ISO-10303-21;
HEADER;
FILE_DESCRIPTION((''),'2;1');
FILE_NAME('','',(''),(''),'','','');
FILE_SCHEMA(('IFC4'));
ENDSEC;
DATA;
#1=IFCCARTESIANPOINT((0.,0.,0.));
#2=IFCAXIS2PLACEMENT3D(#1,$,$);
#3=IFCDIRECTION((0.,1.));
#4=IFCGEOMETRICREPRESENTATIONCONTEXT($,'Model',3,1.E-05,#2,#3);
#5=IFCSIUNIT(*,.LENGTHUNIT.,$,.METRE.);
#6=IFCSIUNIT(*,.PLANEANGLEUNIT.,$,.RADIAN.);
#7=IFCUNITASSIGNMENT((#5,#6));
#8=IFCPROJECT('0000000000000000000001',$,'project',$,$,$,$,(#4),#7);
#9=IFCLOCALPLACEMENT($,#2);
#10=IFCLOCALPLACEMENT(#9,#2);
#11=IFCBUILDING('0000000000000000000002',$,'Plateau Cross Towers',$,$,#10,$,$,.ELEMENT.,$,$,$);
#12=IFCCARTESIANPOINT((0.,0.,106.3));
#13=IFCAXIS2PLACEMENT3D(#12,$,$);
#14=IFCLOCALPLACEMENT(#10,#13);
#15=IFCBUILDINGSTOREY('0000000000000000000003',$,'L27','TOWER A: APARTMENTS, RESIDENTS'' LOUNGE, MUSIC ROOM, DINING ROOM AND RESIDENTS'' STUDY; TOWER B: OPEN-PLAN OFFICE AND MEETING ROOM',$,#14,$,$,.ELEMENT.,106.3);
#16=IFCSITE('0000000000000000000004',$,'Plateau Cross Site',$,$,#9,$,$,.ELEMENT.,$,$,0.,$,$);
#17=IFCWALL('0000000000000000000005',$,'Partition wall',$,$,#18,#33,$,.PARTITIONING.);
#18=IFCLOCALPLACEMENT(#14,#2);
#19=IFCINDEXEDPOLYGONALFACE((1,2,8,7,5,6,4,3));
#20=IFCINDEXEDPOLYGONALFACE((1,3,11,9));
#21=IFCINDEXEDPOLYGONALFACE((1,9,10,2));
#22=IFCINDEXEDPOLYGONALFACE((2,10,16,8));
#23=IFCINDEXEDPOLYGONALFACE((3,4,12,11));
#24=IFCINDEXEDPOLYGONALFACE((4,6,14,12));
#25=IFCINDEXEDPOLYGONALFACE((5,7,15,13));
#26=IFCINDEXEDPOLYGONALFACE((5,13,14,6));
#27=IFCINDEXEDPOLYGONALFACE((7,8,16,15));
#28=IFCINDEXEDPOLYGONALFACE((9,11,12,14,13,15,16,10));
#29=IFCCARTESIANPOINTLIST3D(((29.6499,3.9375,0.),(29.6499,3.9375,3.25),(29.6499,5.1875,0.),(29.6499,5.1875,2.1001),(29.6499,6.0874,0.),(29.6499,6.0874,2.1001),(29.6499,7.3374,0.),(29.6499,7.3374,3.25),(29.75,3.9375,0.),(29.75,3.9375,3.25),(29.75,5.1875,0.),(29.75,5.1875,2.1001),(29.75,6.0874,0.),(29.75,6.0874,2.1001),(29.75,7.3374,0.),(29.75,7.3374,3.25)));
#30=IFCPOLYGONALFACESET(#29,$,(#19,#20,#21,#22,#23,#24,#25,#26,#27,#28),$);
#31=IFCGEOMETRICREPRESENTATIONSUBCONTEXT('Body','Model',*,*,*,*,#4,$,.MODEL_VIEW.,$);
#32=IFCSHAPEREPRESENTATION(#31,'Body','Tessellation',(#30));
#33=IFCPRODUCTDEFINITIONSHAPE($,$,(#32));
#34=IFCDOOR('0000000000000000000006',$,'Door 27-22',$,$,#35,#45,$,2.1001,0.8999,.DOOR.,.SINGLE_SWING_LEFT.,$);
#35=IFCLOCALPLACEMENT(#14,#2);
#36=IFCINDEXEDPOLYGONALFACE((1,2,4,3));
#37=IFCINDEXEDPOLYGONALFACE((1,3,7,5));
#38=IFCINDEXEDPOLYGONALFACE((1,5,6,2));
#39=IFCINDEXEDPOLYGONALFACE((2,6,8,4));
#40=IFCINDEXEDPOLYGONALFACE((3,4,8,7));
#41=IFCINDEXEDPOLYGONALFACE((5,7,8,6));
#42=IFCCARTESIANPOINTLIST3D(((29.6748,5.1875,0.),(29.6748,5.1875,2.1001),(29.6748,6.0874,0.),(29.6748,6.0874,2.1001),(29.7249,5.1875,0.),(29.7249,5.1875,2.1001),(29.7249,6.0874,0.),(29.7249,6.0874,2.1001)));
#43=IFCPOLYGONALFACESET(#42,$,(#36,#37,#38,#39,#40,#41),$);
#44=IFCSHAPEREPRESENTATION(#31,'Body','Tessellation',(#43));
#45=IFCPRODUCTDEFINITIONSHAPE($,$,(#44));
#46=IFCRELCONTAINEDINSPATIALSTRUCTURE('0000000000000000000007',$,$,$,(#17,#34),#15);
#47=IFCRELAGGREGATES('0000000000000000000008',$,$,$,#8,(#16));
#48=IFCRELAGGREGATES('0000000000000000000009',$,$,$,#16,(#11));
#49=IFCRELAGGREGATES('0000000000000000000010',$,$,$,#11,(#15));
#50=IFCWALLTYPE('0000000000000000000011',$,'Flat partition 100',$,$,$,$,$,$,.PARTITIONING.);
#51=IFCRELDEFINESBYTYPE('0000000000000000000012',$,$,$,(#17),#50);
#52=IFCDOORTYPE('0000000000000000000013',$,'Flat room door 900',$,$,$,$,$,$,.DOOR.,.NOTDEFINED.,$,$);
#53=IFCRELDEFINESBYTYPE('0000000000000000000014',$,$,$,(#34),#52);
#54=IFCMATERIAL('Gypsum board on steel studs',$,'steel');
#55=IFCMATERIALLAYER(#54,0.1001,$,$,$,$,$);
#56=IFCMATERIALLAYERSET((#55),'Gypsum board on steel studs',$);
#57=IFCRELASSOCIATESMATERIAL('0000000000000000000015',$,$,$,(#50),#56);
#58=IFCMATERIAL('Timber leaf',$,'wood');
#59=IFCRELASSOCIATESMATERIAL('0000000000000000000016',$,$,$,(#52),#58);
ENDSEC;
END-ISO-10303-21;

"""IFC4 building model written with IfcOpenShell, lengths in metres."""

from ifc_helpers import new_model, si_unit, direction, frame, frame_2d, origin, place, context, subcontext, project, spatial, rectangle, extrude, material, layer, layer_set, type_object, element, fill, save


model = new_model("IFC4")

# Units and contexts
model_context = context("Model", 3, precision=1e-05, world=origin(), true_north=direction((0.0, 1.0)))
body_context = subcontext(model_context, "Body", "Model", "MODEL_VIEW")
ifc_project = project(units=[si_unit("LENGTHUNIT", "METRE"), si_unit("PLANEANGLEUNIT", "RADIAN")], contexts=[model_context])

# Site, building, storey
site_placement = place(None, origin())
site = spatial("IfcSite", under=ifc_project, at=site_placement, Name="Plateau Cross Site", CompositionType="ELEMENT", RefElevation=0.0)
building_placement = place(site_placement, origin())
building = spatial("IfcBuilding", under=site, at=building_placement, Name="Plateau Cross Towers", CompositionType="ELEMENT")
storey_placement = place(building_placement, frame((0.0, 0.0, 106.3)))
storey = spatial("IfcBuildingStorey", under=building, at=storey_placement, Name="L27", Description="TOWER A: APARTMENTS, RESIDENTS' LOUNGE, MUSIC ROOM, DINING ROOM AND RESIDENTS' STUDY; TOWER B: OPEN-PLAN OFFICE AND MEETING ROOM", CompositionType="ELEMENT", Elevation=106.3)

# Shared definitions
ifc_material_1 = material(Name="Gypsum board on steel studs", Category="steel")
ifc_layer_1 = layer(ifc_material_1, 0.1001)
ifc_layer_set_1 = layer_set([ifc_layer_1], Name="Gypsum board on steel studs")
wall_type_1 = type_object("IfcWallType", Name="Flat partition 100", PredefinedType="PARTITIONING", material=ifc_layer_set_1)
ifc_material_2 = material(Name="Timber leaf", Category="wood")
door_type_1 = type_object("IfcDoorType", Name="Flat room door 900", OperationType="NOTDEFINED", PredefinedType="DOOR", material=ifc_material_2)

# Wall, opening, door
wall_1_placement = place(storey_placement, frame((29.7, 7.3374, 0.0), z_axis=(0.0, 0.0, 1.0), x_axis=(0.0, -1.0, 0.0)))
wall_1 = element("IfcWall", 1, at=wall_1_placement, inside=storey, type_object=wall_type_1, Name="Partition wall", PredefinedType="PARTITIONING", context=body_context, shape_type="SweptSolid", body=[
    extrude(rectangle(XDim=3.3999, YDim=0.1001, at=frame_2d((1.7, 0.0))), origin(), (0.0, 0.0, 1.0), 3.25),
])
opening_1_placement = place(wall_1_placement, frame((1.25, 0.0, 0.0)))
opening_1 = element("IfcOpeningElement", 2, at=opening_1_placement, cuts=wall_1, PredefinedType="OPENING", context=body_context, shape_type="SweptSolid", body=[
    extrude(rectangle(XDim=0.8999, YDim=2.1001, at=frame_2d((0.45, 1.05))), frame((0.0, 0.0601, 0.0), z_axis=(0.0, -1.0, 0.0), x_axis=(1.0, 0.0, 0.0)), (0.0, 0.0, 1.0), 0.1201),
])
door_1_placement = place(opening_1_placement, origin())
door_1 = element("IfcDoor", 3, at=door_1_placement, inside=storey, type_object=door_type_1, Name="Door 27-22", OperationType="SINGLE_SWING_LEFT", OverallHeight=2.1001, OverallWidth=0.8999, PredefinedType="DOOR", context=body_context, shape_type="SweptSolid", body=[
    extrude(rectangle(XDim=0.8999, YDim=2.1001, at=frame_2d((0.45, 1.05))), frame((0.0, 0.0249, 0.0), z_axis=(0.0, -1.0, 0.0), x_axis=(1.0, 0.0, 0.0)), (0.0, 0.0, 1.0), 0.05),
])
fill(opening_1, door_1)

save(model, "model.ifc")
